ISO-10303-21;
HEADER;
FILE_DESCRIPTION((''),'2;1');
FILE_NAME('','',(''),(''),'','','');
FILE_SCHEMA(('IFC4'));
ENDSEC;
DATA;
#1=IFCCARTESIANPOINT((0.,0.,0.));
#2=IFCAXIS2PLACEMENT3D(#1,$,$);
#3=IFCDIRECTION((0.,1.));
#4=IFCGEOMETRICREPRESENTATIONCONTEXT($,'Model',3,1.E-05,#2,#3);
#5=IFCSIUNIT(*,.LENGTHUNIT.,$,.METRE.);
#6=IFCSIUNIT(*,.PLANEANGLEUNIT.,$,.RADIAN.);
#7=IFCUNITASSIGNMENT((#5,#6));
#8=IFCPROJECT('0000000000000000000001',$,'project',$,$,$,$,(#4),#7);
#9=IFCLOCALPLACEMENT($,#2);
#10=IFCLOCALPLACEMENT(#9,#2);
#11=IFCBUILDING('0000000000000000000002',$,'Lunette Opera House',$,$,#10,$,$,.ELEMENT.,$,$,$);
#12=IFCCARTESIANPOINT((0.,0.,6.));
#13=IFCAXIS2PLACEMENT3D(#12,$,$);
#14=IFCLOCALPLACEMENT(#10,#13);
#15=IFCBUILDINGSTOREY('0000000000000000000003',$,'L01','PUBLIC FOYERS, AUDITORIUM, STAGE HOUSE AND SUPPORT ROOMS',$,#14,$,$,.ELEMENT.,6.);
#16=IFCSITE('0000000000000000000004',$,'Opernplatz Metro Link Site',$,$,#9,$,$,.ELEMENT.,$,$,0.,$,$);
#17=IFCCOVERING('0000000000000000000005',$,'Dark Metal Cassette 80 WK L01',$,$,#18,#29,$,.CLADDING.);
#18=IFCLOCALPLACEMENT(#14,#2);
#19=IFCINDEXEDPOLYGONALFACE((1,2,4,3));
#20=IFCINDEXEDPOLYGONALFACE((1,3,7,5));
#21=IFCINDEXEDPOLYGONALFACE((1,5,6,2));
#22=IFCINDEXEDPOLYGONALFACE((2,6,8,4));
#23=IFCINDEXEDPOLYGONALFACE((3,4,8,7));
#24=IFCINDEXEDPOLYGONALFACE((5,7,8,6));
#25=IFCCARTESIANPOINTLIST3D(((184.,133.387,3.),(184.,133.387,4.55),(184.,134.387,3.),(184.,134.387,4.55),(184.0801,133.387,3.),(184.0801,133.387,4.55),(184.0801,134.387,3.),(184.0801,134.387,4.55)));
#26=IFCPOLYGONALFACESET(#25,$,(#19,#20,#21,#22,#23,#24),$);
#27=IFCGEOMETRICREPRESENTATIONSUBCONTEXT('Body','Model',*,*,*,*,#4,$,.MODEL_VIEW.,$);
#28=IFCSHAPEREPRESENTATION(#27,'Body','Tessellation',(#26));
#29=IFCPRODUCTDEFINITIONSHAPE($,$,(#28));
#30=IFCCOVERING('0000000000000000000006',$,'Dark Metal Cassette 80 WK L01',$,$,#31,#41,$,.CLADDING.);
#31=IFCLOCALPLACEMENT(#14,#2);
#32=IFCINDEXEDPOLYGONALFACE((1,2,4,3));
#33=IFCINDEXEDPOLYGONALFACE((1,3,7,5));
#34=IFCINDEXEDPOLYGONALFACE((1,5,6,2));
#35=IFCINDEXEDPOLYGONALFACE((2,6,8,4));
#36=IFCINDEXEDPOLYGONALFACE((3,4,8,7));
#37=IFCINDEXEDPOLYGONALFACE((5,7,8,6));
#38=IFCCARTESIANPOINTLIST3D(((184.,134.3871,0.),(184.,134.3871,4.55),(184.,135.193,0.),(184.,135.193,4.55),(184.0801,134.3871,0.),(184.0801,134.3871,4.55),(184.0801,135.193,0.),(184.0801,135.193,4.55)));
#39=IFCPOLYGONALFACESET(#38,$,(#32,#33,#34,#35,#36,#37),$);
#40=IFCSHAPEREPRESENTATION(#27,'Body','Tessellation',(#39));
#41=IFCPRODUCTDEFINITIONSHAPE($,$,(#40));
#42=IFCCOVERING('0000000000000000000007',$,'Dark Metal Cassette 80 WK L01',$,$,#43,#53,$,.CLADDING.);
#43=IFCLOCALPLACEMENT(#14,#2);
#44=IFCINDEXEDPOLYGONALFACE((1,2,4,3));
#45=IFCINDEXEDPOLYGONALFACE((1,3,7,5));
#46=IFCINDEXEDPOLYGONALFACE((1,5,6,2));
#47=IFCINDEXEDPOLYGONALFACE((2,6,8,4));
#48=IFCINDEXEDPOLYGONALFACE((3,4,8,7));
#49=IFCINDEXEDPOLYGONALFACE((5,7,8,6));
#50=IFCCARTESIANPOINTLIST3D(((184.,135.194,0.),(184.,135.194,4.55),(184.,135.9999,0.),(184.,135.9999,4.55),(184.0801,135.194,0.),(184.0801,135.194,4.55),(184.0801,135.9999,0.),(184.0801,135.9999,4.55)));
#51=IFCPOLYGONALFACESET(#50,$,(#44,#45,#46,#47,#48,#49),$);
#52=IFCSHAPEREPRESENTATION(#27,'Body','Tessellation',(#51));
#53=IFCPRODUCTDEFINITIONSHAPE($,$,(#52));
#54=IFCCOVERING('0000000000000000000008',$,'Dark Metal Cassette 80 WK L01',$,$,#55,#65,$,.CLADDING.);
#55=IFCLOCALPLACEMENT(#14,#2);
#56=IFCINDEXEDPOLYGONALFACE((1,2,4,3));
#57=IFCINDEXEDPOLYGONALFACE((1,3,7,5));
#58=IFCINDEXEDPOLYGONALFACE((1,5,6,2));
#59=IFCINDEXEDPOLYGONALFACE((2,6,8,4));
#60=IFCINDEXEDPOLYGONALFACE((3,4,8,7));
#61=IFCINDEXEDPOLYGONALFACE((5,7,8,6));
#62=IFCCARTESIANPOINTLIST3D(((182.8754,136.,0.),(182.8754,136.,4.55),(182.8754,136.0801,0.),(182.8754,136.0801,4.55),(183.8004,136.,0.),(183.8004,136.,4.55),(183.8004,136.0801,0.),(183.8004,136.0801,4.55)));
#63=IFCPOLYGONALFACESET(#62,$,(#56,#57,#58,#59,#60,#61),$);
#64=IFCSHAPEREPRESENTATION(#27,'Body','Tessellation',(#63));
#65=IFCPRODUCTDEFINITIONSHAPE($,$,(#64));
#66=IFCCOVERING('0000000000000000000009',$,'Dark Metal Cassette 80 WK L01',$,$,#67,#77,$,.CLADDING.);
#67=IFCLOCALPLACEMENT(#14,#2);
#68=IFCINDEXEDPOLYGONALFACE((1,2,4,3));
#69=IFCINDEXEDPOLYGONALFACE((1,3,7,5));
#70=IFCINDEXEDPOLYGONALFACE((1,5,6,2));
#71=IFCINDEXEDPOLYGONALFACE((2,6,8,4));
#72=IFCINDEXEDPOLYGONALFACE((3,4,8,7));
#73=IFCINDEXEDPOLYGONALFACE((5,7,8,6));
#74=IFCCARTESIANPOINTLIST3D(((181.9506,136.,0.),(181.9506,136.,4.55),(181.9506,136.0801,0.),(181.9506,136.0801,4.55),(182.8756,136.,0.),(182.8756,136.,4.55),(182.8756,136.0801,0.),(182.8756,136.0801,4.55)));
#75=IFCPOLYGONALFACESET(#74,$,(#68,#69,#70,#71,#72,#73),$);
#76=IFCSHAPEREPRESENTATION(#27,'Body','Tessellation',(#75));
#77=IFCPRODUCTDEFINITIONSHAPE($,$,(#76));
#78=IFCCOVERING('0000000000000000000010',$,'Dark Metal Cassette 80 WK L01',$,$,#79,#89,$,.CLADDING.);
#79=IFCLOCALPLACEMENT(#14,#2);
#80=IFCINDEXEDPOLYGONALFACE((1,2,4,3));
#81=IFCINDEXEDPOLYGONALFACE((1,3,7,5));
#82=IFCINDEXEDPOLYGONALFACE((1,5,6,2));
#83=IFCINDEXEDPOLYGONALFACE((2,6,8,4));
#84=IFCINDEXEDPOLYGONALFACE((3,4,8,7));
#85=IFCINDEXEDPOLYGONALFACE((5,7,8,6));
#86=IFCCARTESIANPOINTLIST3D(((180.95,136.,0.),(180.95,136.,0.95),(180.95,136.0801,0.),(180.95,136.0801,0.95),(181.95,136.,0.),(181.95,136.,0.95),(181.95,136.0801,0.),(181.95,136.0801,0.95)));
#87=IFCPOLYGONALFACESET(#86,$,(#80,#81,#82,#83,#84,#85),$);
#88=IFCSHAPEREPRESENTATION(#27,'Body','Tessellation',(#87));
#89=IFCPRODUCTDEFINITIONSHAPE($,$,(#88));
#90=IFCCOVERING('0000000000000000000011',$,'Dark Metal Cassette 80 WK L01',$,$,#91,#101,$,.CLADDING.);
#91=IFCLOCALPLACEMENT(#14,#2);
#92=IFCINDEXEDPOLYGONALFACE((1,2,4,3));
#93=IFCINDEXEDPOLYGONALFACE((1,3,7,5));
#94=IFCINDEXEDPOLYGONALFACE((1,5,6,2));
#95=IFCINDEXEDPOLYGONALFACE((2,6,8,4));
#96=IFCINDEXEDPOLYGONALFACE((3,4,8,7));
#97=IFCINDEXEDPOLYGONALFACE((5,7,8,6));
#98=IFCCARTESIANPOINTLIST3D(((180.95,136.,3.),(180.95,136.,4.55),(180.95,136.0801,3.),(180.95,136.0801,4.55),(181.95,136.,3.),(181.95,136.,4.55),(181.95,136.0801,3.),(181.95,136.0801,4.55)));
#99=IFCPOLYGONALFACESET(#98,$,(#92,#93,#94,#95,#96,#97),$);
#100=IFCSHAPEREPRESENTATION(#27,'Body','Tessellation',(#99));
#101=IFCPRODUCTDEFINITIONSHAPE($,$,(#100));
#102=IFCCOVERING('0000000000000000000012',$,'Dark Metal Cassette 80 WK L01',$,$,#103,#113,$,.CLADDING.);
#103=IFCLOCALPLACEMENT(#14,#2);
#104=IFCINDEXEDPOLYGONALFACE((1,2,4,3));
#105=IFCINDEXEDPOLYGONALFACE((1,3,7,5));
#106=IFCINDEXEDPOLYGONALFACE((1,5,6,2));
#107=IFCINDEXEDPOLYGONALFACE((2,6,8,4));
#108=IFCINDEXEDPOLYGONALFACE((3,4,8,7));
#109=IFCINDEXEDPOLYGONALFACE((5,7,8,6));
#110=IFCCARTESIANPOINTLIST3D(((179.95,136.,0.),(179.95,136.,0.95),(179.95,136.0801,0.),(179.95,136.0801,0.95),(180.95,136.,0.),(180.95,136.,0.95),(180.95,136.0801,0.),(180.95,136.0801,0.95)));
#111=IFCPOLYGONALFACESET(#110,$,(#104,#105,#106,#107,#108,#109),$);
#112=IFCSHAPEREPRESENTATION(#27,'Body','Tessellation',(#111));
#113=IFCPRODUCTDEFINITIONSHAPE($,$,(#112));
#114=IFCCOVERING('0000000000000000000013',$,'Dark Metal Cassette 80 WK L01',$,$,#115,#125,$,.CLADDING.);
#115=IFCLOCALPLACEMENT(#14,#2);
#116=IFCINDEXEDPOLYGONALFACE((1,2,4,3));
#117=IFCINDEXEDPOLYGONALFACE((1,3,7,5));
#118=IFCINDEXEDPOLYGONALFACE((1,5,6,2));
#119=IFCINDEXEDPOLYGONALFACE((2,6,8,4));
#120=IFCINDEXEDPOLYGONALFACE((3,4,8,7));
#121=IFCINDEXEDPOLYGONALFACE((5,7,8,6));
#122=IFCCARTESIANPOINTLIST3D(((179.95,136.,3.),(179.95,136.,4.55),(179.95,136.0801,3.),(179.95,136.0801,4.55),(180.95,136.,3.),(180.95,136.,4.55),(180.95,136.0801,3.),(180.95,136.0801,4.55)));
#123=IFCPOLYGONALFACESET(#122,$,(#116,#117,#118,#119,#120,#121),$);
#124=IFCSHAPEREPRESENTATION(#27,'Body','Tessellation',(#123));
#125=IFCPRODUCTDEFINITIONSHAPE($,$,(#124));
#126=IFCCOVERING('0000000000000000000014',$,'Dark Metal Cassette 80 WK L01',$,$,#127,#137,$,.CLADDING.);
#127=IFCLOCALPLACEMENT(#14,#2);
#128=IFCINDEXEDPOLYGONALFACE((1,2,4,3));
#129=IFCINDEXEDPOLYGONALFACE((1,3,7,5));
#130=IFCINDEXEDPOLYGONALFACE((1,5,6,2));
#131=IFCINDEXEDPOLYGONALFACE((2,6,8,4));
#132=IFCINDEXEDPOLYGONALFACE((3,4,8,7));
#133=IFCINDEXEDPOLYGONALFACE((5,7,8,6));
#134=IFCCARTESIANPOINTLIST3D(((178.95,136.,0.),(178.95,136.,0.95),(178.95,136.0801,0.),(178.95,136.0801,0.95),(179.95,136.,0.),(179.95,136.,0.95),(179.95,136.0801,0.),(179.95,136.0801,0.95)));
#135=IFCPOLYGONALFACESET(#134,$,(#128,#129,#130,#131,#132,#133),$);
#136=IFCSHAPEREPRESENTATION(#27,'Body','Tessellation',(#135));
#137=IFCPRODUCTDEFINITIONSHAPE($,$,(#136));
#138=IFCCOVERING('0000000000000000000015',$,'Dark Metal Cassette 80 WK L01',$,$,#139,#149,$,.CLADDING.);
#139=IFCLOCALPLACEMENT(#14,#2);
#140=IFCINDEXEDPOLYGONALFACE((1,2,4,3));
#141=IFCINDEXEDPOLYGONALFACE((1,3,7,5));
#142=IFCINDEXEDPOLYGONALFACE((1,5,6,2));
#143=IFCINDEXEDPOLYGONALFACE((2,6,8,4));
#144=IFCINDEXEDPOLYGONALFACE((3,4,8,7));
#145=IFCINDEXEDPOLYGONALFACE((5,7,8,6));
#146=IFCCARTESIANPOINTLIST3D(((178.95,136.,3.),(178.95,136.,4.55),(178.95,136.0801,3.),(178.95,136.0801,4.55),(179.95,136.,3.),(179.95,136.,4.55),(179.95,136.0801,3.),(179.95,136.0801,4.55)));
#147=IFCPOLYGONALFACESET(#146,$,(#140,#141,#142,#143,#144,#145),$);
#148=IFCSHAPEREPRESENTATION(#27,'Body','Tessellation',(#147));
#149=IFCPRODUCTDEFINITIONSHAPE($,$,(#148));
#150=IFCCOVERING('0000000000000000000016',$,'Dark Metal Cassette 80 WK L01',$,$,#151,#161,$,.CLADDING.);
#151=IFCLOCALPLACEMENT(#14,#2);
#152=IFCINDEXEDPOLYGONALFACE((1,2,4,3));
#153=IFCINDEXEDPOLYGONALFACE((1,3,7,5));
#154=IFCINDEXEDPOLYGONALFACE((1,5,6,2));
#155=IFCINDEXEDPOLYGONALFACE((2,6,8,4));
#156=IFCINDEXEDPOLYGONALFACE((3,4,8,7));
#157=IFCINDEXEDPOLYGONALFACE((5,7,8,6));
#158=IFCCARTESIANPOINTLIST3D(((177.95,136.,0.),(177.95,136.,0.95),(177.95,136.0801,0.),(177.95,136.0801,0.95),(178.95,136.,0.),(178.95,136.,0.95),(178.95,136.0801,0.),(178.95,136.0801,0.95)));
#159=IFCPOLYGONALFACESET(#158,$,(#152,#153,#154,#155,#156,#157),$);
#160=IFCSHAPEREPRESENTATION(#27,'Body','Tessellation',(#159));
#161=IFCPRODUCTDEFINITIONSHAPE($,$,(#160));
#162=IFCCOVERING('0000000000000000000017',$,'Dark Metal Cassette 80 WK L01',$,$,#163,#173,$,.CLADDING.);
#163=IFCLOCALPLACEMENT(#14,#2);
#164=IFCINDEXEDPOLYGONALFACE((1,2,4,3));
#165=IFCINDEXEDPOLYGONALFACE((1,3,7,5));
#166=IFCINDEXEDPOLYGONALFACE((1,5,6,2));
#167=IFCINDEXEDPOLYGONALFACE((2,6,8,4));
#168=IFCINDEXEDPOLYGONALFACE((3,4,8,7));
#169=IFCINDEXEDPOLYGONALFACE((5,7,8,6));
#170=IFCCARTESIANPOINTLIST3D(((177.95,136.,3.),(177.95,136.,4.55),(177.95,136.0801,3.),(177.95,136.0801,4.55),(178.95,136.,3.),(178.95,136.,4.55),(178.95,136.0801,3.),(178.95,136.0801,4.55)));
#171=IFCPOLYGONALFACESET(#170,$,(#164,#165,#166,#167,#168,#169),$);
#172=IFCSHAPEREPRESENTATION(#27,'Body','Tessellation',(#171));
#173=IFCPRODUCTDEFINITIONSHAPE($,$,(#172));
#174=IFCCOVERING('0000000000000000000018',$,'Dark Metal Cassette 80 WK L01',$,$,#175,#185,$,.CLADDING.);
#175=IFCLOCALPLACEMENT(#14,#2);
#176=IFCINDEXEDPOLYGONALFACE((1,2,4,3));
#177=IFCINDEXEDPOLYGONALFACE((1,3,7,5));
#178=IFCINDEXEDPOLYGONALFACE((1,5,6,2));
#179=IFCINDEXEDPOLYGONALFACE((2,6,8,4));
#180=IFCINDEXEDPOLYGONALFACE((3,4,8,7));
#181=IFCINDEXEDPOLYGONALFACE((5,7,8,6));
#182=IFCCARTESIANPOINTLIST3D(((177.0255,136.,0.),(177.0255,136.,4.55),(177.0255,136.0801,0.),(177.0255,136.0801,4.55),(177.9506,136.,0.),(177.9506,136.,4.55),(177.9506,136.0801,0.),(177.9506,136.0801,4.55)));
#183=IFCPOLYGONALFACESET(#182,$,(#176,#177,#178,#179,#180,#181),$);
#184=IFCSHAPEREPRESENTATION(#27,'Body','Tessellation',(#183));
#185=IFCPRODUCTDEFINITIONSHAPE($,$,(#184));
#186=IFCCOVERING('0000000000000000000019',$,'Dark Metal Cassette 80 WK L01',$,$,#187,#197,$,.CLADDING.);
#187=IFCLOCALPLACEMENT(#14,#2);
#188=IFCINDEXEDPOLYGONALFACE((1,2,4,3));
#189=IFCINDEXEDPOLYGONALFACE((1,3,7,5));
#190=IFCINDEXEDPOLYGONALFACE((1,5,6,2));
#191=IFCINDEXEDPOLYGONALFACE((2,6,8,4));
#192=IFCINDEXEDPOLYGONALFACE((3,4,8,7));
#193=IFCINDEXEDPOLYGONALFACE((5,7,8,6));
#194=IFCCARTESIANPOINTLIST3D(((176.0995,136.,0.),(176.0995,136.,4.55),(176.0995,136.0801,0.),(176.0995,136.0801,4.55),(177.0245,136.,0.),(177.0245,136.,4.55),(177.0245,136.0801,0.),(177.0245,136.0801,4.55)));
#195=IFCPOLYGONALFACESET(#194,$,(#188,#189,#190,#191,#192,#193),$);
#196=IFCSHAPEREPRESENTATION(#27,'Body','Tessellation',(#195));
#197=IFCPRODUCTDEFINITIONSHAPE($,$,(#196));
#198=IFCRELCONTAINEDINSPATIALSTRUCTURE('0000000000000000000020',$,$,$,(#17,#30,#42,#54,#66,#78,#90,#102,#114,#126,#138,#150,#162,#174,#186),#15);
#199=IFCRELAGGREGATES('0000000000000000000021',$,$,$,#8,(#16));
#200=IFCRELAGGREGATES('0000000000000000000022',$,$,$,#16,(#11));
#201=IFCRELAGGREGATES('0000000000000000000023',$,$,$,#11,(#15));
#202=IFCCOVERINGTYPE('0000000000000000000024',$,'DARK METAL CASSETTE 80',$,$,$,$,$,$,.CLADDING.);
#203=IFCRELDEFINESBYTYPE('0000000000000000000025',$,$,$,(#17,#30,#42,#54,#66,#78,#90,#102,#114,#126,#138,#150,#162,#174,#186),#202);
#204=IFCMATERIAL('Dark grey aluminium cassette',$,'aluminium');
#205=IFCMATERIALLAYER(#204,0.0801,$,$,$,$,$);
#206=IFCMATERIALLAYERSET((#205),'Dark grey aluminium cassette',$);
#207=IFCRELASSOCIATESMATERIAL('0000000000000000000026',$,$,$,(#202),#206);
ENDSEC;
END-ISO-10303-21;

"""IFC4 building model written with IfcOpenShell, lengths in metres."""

from ifc_helpers import new_model, si_unit, direction, frame, origin, origin_2d, place, context, subcontext, project, spatial, rectangle, extrude, material, layer, layer_set, type_object, element, save


model = new_model("IFC4")

# Units and contexts
model_context = context("Model", 3, precision=1e-05, world=origin(), true_north=direction((0.0, 1.0)))
body_context = subcontext(model_context, "Body", "Model", "MODEL_VIEW")
ifc_project = project(units=[si_unit("LENGTHUNIT", "METRE"), si_unit("PLANEANGLEUNIT", "RADIAN")], contexts=[model_context])

# Site, building, storey
site_placement = place(None, origin())
site = spatial("IfcSite", under=ifc_project, at=site_placement, Name="Opernplatz Metro Link Site", CompositionType="ELEMENT", RefElevation=0.0)
building_placement = place(site_placement, origin())
building = spatial("IfcBuilding", under=site, at=building_placement, Name="Lunette Opera House", CompositionType="ELEMENT")
storey_placement = place(building_placement, frame((0.0, 0.0, 6.0)))
storey = spatial("IfcBuildingStorey", under=building, at=storey_placement, Name="L01", Description="PUBLIC FOYERS, AUDITORIUM, STAGE HOUSE AND SUPPORT ROOMS", CompositionType="ELEMENT", Elevation=6.0)

# Coverings
ifc_material_1 = material(Name="Dark grey aluminium cassette", Category="aluminium")
ifc_layer_1 = layer(ifc_material_1, 0.0801)
ifc_layer_set_1 = layer_set([ifc_layer_1], Name="Dark grey aluminium cassette")
covering_type = type_object("IfcCoveringType", Name="DARK METAL CASSETTE 80", PredefinedType="CLADDING", material=ifc_layer_set_1)
covering_1_placement = place(storey_placement, frame((184.04, 133.887, 3.0), z_axis=(0.0, 0.0, 1.0), x_axis=(0.0, 1.0, 0.0)))
element("IfcCovering", 1, at=covering_1_placement, inside=storey, type_object=covering_type, Name="Dark Metal Cassette 80 WK L01", PredefinedType="CLADDING", context=body_context, shape_type="SweptSolid", body=[
    extrude(rectangle(XDim=1.0, YDim=0.0801, at=origin_2d()), origin(), (0.0, 0.0, 1.0), 1.55),
])
for number, where, z_axis, x_axis, name in (
    (2, (184.04, 134.79, 0.0), (0.0, 0.0, 1.0), (0.0, 1.0, 0.0), "Dark Metal Cassette 80 WK L01"),
    (3, (184.04, 135.5969, 0.0), (0.0, 0.0, 1.0), (0.0, 1.0, 0.0), "Dark Metal Cassette 80 WK L01"),
):
    element("IfcCovering", number, at=place(storey_placement, frame(where, z_axis=z_axis, x_axis=x_axis)), inside=storey, type_object=covering_type, Name=name, PredefinedType="CLADDING", context=body_context, shape_type="SweptSolid", body=[
        extrude(rectangle(XDim=0.8059, YDim=0.0801, at=origin_2d()), origin(), (0.0, 0.0, 1.0), 4.55),
    ])
for number, where, z_axis, x_axis, name in (
    (4, (183.3379, 136.04, 0.0), (0.0, 0.0, 1.0), (-1.0, 0.0, 0.0), "Dark Metal Cassette 80 WK L01"),
    (5, (182.4131, 136.04, 0.0), (0.0, 0.0, 1.0), (-1.0, 0.0, 0.0), "Dark Metal Cassette 80 WK L01"),
):
    element("IfcCovering", number, at=place(storey_placement, frame(where, z_axis=z_axis, x_axis=x_axis)), inside=storey, type_object=covering_type, Name=name, PredefinedType="CLADDING", context=body_context, shape_type="SweptSolid", body=[
        extrude(rectangle(XDim=0.925, YDim=0.0801, at=origin_2d()), origin(), (0.0, 0.0, 1.0), 4.55),
    ])
covering_2_placement = place(storey_placement, frame((181.45, 136.04, 0.0), z_axis=(0.0, 0.0, 1.0), x_axis=(-1.0, 0.0, 0.0)))
element("IfcCovering", 6, at=covering_2_placement, inside=storey, type_object=covering_type, Name="Dark Metal Cassette 80 WK L01", PredefinedType="CLADDING", context=body_context, shape_type="SweptSolid", body=[
    extrude(rectangle(XDim=1.0, YDim=0.0801, at=origin_2d()), origin(), (0.0, 0.0, 1.0), 0.95),
])
covering_3_placement = place(storey_placement, frame((181.45, 136.04, 3.0), z_axis=(0.0, 0.0, 1.0), x_axis=(-1.0, 0.0, 0.0)))
element("IfcCovering", 7, at=covering_3_placement, inside=storey, type_object=covering_type, Name="Dark Metal Cassette 80 WK L01", PredefinedType="CLADDING", context=body_context, shape_type="SweptSolid", body=[
    extrude(rectangle(XDim=1.0, YDim=0.0801, at=origin_2d()), origin(), (0.0, 0.0, 1.0), 1.55),
])
covering_4_placement = place(storey_placement, frame((180.45, 136.04, 0.0), z_axis=(0.0, 0.0, 1.0), x_axis=(-1.0, 0.0, 0.0)))
element("IfcCovering", 8, at=covering_4_placement, inside=storey, type_object=covering_type, Name="Dark Metal Cassette 80 WK L01", PredefinedType="CLADDING", context=body_context, shape_type="SweptSolid", body=[
    extrude(rectangle(XDim=1.0, YDim=0.0801, at=origin_2d()), origin(), (0.0, 0.0, 1.0), 0.95),
])
covering_5_placement = place(storey_placement, frame((180.45, 136.04, 3.0), z_axis=(0.0, 0.0, 1.0), x_axis=(-1.0, 0.0, 0.0)))
element("IfcCovering", 9, at=covering_5_placement, inside=storey, type_object=covering_type, Name="Dark Metal Cassette 80 WK L01", PredefinedType="CLADDING", context=body_context, shape_type="SweptSolid", body=[
    extrude(rectangle(XDim=1.0, YDim=0.0801, at=origin_2d()), origin(), (0.0, 0.0, 1.0), 1.55),
])
covering_6_placement = place(storey_placement, frame((179.45, 136.04, 0.0), z_axis=(0.0, 0.0, 1.0), x_axis=(-1.0, 0.0, 0.0)))
element("IfcCovering", 10, at=covering_6_placement, inside=storey, type_object=covering_type, Name="Dark Metal Cassette 80 WK L01", PredefinedType="CLADDING", context=body_context, shape_type="SweptSolid", body=[
    extrude(rectangle(XDim=1.0, YDim=0.0801, at=origin_2d()), origin(), (0.0, 0.0, 1.0), 0.95),
])
covering_7_placement = place(storey_placement, frame((179.45, 136.04, 3.0), z_axis=(0.0, 0.0, 1.0), x_axis=(-1.0, 0.0, 0.0)))
element("IfcCovering", 11, at=covering_7_placement, inside=storey, type_object=covering_type, Name="Dark Metal Cassette 80 WK L01", PredefinedType="CLADDING", context=body_context, shape_type="SweptSolid", body=[
    extrude(rectangle(XDim=1.0, YDim=0.0801, at=origin_2d()), origin(), (0.0, 0.0, 1.0), 1.55),
])
covering_8_placement = place(storey_placement, frame((178.45, 136.04, 0.0), z_axis=(0.0, 0.0, 1.0), x_axis=(-1.0, 0.0, 0.0)))
element("IfcCovering", 12, at=covering_8_placement, inside=storey, type_object=covering_type, Name="Dark Metal Cassette 80 WK L01", PredefinedType="CLADDING", context=body_context, shape_type="SweptSolid", body=[
    extrude(rectangle(XDim=1.0, YDim=0.0801, at=origin_2d()), origin(), (0.0, 0.0, 1.0), 0.95),
])
covering_9_placement = place(storey_placement, frame((178.45, 136.04, 3.0), z_axis=(0.0, 0.0, 1.0), x_axis=(-1.0, 0.0, 0.0)))
element("IfcCovering", 13, at=covering_9_placement, inside=storey, type_object=covering_type, Name="Dark Metal Cassette 80 WK L01", PredefinedType="CLADDING", context=body_context, shape_type="SweptSolid", body=[
    extrude(rectangle(XDim=1.0, YDim=0.0801, at=origin_2d()), origin(), (0.0, 0.0, 1.0), 1.55),
])
for number, where, z_axis, x_axis, name in (
    (14, (177.488, 136.04, 0.0), (0.0, 0.0, 1.0), (-1.0, 0.0, 0.0), "Dark Metal Cassette 80 WK L01"),
    (15, (176.562, 136.04, 0.0), (0.0, 0.0, 1.0), (-1.0, 0.0, 0.0), "Dark Metal Cassette 80 WK L01"),
):
    element("IfcCovering", number, at=place(storey_placement, frame(where, z_axis=z_axis, x_axis=x_axis)), inside=storey, type_object=covering_type, Name=name, PredefinedType="CLADDING", context=body_context, shape_type="SweptSolid", body=[
        extrude(rectangle(XDim=0.925, YDim=0.0801, at=origin_2d()), origin(), (0.0, 0.0, 1.0), 4.55),
    ])

save(model, "model.ifc")
